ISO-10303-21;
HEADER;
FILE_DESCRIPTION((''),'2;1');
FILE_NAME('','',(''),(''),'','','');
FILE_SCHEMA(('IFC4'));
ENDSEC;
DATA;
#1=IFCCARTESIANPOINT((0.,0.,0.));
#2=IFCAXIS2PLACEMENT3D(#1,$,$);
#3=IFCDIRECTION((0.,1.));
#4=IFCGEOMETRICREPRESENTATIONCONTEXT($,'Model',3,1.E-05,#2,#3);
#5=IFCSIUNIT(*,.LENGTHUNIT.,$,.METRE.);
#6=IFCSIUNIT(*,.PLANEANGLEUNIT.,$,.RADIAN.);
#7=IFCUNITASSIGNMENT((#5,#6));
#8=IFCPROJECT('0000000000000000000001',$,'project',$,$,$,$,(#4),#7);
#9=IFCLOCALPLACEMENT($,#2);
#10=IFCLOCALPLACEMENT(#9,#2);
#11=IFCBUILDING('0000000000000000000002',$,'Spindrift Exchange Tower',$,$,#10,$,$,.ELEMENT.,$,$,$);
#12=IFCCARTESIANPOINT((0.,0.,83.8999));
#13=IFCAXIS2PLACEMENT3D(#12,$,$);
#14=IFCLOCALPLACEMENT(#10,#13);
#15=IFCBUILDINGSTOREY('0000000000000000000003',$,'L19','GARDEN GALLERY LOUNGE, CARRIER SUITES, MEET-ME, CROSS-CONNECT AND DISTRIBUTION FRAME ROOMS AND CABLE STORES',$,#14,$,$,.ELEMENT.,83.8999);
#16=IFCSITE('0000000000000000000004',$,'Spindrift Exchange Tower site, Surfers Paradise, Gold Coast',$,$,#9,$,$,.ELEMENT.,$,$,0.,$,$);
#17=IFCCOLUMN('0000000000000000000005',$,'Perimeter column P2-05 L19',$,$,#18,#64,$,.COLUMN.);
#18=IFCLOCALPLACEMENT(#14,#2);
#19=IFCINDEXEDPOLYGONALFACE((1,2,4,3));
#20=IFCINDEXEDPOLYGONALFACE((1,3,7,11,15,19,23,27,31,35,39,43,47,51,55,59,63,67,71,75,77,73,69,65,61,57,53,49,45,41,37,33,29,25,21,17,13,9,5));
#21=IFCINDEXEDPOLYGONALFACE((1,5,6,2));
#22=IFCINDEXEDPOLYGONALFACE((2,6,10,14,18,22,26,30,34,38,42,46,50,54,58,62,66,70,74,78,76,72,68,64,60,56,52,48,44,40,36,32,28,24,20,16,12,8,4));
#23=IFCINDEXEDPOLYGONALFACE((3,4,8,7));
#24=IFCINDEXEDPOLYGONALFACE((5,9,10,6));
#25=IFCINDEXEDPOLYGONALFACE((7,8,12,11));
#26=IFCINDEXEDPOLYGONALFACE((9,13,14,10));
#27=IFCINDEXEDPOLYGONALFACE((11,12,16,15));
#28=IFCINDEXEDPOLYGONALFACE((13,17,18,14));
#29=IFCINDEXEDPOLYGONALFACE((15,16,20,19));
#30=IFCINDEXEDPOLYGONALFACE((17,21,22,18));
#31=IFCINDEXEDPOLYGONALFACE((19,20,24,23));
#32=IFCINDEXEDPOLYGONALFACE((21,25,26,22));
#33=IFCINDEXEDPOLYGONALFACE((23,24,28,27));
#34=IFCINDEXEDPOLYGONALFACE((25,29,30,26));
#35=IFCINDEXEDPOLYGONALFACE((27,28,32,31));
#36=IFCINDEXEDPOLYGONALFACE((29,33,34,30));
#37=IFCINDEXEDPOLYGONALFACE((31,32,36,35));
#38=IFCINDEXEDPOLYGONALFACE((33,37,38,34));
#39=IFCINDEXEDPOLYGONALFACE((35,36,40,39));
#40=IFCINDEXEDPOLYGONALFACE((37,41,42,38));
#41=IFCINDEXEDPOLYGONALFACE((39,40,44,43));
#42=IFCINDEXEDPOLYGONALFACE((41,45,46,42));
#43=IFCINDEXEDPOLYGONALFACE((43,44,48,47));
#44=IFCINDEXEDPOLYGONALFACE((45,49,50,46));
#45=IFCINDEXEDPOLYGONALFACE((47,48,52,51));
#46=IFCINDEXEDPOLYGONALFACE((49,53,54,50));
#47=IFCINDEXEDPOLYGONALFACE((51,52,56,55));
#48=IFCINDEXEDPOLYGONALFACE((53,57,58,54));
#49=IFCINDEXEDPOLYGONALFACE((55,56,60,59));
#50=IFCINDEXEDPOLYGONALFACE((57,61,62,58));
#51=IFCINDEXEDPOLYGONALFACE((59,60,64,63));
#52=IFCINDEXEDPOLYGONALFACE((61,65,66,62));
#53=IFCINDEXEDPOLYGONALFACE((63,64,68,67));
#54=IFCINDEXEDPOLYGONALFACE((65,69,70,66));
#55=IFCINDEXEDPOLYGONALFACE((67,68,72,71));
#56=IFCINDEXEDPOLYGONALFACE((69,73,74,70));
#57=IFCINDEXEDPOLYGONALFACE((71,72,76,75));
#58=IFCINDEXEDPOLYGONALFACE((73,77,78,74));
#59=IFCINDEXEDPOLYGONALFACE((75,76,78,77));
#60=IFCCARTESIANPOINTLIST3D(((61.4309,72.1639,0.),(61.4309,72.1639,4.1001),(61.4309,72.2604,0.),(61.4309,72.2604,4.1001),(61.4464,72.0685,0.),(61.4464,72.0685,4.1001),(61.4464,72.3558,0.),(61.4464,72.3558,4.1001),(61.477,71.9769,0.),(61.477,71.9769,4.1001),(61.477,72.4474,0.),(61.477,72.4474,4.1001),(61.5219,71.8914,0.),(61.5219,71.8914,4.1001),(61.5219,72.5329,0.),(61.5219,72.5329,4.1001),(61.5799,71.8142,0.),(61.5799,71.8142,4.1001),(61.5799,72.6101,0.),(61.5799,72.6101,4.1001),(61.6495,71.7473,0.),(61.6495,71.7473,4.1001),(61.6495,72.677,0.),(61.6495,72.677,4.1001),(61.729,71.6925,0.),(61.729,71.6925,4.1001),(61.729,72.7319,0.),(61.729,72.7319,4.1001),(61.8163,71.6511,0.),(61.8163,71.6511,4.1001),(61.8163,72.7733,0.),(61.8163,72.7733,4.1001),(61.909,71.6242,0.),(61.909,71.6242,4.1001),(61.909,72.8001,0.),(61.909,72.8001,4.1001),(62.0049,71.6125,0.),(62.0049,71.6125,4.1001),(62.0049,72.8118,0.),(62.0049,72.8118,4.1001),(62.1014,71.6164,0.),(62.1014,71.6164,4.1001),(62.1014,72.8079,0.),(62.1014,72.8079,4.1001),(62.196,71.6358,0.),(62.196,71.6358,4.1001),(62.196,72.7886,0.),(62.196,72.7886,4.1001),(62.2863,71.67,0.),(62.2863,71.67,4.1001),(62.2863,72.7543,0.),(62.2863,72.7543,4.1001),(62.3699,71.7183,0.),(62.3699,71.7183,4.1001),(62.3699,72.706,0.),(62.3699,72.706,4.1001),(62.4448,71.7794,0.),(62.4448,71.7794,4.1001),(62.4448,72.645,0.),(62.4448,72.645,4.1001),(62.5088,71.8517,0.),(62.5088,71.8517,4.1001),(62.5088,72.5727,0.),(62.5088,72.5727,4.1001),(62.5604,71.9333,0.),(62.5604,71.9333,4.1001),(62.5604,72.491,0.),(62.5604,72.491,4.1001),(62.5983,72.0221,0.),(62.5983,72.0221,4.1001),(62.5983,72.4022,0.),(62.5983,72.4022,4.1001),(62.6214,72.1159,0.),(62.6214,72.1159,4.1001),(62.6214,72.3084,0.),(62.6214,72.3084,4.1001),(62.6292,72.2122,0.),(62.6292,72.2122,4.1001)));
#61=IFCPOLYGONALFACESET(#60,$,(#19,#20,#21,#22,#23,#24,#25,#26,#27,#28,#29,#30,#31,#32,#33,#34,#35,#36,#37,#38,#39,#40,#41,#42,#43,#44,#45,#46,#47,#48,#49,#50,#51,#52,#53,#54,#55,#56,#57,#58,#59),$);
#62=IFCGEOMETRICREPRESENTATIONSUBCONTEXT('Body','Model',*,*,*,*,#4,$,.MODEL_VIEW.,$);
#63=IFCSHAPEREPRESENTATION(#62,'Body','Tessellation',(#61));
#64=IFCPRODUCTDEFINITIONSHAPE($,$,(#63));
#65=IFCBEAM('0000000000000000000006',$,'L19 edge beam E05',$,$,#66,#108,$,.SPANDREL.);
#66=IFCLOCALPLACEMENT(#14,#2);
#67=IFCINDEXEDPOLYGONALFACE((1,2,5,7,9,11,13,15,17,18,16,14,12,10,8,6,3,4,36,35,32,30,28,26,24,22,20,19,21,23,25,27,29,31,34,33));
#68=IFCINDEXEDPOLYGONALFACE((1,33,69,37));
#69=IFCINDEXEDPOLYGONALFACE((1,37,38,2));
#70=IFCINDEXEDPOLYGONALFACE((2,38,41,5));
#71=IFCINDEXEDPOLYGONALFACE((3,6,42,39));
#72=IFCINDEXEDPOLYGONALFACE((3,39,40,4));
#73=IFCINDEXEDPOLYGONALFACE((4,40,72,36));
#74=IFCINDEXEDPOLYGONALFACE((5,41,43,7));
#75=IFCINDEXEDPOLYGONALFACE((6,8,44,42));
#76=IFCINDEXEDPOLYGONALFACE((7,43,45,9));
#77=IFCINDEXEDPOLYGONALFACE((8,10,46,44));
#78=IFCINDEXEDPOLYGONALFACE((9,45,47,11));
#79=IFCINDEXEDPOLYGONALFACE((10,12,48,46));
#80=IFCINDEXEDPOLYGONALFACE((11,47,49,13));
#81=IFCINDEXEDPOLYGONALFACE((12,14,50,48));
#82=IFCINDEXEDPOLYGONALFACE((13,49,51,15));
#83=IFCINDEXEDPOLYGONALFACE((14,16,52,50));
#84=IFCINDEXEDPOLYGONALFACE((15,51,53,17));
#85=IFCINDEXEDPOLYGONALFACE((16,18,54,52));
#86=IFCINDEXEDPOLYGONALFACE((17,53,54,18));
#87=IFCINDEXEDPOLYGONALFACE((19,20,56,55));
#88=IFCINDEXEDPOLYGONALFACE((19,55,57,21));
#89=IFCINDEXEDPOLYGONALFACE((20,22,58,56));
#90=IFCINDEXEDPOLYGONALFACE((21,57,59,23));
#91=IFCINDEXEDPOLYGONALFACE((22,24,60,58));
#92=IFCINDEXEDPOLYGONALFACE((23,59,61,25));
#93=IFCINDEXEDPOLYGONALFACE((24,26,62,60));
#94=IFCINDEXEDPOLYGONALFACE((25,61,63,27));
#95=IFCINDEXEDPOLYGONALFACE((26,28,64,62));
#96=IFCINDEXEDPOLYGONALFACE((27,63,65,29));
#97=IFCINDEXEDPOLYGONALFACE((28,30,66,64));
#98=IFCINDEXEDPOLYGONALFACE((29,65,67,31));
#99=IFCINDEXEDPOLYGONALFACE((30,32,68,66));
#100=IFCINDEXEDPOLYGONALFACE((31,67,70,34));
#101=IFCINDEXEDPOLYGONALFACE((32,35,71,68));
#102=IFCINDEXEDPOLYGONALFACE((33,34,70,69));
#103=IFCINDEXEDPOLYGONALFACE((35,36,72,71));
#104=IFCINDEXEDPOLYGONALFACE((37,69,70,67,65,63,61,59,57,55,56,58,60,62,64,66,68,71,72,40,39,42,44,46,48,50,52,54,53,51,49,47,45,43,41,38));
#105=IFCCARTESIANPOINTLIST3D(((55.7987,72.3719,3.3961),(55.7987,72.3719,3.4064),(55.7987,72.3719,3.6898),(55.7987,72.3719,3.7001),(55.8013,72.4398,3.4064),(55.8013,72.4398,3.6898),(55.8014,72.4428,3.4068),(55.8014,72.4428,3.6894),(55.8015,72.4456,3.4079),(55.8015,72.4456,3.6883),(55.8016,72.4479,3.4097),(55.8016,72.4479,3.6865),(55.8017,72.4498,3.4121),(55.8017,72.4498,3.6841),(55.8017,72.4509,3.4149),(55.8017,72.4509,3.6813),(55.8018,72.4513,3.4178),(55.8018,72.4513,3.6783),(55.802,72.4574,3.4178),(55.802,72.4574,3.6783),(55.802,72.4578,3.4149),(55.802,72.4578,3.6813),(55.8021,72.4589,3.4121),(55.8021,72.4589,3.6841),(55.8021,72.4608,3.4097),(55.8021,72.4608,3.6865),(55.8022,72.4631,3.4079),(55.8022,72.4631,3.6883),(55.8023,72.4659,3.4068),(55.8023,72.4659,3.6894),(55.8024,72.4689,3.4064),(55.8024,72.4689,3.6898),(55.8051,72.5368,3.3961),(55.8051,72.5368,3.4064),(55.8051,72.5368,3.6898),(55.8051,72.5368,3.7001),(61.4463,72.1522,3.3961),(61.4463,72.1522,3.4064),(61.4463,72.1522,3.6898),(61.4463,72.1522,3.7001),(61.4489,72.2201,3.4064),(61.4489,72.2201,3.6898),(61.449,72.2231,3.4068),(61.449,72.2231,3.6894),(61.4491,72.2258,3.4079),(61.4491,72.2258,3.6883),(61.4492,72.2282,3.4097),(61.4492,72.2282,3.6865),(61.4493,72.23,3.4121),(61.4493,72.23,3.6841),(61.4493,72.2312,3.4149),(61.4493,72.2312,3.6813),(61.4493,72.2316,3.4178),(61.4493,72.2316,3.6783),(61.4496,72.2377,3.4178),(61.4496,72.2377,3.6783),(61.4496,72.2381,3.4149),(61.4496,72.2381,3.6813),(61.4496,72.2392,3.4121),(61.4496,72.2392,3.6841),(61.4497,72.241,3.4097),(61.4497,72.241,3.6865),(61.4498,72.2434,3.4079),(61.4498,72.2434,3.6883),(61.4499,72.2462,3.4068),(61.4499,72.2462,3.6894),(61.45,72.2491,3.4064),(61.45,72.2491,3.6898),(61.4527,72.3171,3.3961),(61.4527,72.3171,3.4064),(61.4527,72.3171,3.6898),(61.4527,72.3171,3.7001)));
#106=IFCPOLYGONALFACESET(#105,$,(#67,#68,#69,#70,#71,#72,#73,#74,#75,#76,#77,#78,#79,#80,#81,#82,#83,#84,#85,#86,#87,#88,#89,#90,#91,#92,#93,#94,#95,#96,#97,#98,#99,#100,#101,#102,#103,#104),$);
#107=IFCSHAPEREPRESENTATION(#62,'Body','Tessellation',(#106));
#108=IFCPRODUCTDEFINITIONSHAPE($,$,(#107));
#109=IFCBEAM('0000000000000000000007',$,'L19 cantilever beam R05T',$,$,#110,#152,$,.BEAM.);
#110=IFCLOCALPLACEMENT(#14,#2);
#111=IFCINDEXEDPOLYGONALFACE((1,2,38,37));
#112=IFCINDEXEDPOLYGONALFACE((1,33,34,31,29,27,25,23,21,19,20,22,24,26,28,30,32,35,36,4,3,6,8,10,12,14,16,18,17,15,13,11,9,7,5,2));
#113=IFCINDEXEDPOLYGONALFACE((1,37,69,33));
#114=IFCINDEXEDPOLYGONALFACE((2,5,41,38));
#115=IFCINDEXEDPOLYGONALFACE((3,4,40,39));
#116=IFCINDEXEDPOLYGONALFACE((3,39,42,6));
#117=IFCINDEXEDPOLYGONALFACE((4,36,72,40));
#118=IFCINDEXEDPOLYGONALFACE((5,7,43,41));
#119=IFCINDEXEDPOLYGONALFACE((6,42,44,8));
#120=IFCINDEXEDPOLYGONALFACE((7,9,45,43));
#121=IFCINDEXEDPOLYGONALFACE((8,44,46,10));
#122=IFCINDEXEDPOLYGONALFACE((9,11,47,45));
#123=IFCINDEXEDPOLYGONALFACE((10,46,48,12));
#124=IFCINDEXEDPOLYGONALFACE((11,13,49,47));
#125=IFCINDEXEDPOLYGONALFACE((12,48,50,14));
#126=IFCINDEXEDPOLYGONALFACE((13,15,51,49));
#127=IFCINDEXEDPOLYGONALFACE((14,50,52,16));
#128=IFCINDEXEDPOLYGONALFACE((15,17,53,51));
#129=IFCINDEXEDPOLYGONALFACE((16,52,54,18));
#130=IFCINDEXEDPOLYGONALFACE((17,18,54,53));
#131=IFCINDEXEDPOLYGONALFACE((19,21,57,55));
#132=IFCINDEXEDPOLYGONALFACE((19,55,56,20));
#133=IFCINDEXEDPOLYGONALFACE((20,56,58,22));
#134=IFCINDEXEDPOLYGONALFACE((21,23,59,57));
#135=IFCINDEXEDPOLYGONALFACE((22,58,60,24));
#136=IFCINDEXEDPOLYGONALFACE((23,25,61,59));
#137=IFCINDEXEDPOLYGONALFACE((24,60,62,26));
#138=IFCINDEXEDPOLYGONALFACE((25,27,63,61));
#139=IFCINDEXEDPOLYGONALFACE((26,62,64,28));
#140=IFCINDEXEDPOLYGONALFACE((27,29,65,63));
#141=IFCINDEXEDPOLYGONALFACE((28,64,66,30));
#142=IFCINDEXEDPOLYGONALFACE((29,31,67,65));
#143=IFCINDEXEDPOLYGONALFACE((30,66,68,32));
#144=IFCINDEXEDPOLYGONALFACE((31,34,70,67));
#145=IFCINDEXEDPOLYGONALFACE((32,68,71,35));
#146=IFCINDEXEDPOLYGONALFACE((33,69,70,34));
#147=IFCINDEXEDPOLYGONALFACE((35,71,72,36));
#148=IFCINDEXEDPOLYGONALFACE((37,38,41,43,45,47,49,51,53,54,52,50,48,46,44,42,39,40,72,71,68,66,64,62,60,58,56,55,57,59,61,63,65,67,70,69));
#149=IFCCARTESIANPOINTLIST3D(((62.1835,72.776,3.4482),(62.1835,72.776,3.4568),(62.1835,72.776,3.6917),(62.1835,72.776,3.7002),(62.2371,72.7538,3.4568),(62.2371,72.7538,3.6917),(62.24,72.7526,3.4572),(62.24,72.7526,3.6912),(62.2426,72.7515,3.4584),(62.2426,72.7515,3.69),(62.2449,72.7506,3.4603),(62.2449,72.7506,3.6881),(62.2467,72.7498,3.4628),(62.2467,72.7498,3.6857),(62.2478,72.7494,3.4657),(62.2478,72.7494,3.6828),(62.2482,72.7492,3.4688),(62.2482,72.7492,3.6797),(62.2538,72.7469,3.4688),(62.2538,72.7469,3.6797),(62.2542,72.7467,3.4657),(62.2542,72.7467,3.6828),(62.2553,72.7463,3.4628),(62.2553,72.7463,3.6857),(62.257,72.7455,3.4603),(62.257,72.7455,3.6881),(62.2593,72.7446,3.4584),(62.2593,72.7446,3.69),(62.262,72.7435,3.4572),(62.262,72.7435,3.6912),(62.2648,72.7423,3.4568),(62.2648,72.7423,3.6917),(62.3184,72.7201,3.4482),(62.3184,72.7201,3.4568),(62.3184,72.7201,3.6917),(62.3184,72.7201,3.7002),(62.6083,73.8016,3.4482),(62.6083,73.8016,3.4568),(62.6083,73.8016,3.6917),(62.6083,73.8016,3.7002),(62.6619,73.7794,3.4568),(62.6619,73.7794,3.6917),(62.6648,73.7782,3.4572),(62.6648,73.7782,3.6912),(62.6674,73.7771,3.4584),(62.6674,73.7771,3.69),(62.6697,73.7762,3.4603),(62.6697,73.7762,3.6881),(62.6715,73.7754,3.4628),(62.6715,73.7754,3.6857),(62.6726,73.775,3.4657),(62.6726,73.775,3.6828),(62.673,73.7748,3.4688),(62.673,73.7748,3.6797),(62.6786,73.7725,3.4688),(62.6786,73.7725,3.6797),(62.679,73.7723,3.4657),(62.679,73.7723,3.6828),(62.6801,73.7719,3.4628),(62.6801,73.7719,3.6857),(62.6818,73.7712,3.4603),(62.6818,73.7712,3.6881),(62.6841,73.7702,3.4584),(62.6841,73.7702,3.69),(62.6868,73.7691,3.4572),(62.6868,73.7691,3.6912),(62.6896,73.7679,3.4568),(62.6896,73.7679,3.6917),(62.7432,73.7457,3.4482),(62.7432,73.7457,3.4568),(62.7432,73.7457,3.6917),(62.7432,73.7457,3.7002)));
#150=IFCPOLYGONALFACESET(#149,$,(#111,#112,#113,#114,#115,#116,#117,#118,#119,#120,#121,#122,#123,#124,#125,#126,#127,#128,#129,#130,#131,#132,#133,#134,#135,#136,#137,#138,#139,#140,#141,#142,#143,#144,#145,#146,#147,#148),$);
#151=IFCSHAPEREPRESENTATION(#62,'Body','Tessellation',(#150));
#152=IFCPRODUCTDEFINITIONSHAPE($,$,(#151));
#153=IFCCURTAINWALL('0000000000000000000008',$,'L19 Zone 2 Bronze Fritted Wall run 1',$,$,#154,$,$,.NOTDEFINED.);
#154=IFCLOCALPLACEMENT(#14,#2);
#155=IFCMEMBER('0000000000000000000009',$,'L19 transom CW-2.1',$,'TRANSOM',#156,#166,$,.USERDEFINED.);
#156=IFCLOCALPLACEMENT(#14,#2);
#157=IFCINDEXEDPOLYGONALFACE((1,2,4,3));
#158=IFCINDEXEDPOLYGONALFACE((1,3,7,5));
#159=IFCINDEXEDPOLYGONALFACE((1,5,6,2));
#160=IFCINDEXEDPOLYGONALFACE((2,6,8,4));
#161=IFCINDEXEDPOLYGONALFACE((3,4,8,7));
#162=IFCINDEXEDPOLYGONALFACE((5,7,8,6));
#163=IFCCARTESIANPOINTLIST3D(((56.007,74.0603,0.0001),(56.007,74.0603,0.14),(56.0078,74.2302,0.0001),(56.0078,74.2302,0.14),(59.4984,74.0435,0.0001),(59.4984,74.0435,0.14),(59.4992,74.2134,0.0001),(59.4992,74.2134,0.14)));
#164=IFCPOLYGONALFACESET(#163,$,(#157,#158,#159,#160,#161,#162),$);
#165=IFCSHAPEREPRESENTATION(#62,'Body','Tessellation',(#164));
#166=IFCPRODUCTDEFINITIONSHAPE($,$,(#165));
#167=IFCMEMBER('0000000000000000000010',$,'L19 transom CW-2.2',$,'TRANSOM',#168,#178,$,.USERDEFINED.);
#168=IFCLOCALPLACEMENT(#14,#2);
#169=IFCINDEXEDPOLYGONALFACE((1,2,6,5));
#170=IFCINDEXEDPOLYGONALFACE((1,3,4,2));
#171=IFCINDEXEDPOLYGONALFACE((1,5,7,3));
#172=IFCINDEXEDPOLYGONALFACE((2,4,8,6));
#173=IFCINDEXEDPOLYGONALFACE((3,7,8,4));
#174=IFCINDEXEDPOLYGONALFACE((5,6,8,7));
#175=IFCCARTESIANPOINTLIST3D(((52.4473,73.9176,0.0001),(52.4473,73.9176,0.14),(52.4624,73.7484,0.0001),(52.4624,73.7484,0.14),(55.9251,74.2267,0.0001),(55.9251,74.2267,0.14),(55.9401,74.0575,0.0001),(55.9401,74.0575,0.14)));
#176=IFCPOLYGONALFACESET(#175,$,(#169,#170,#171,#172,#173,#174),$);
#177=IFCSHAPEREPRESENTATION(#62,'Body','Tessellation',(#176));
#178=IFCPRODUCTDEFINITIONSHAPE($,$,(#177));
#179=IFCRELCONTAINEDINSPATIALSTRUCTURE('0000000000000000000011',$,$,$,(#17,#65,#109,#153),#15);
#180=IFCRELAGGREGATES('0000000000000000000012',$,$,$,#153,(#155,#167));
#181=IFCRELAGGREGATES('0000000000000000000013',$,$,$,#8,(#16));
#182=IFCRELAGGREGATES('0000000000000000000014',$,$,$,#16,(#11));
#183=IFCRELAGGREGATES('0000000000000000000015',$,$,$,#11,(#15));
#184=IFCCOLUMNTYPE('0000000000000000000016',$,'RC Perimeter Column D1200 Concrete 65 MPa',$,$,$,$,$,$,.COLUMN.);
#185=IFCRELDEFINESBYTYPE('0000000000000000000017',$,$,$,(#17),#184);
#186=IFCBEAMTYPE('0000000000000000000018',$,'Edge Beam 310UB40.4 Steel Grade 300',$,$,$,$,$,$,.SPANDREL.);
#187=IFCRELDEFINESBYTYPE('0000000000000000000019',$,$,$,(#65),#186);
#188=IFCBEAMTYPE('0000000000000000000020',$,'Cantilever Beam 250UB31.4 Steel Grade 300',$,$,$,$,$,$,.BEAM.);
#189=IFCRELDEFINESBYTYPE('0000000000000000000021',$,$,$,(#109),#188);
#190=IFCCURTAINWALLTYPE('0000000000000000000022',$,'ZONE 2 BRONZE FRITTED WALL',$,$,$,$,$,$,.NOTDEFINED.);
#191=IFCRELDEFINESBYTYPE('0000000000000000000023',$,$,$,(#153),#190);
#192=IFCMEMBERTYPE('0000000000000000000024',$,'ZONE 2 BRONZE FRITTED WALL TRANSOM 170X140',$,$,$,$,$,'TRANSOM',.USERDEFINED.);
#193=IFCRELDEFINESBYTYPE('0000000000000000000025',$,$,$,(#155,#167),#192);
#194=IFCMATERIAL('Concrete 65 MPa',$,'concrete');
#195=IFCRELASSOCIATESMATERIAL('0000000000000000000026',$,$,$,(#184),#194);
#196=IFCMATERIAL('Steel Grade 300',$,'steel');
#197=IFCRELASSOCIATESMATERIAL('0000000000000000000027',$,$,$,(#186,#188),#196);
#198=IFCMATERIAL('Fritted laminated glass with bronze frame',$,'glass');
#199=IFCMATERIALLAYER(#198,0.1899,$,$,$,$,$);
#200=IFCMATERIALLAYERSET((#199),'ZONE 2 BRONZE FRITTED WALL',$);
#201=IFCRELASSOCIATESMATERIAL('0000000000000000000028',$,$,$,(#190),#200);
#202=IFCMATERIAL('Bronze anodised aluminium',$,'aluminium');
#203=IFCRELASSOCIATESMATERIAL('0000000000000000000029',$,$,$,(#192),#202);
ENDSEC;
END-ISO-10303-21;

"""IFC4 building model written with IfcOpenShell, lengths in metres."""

from ifc_helpers import new_model, si_unit, direction, frame, origin, origin_2d, place, context, subcontext, project, spatial, rectangle, circle, i_section, extrude, source, transform, mapped, material, layer, layer_set, material_profile, profile_set, type_object, element, aggregate, save


model = new_model("IFC4")

# Units and contexts
model_context = context("Model", 3, precision=1e-05, world=origin(), true_north=direction((0.0, 1.0)))
body_context = subcontext(model_context, "Body", "Model", "MODEL_VIEW")
ifc_project = project(units=[si_unit("LENGTHUNIT", "METRE"), si_unit("PLANEANGLEUNIT", "RADIAN")], contexts=[model_context])

# Site, building, storey
site_placement = place(None, origin())
site = spatial("IfcSite", under=ifc_project, at=site_placement, Name="Spindrift Exchange Tower site, Surfers Paradise, Gold Coast", CompositionType="ELEMENT", RefElevation=0.0)
building_placement = place(site_placement, origin())
building = spatial("IfcBuilding", under=site, at=building_placement, Name="Spindrift Exchange Tower", CompositionType="ELEMENT")
storey_placement = place(building_placement, frame((0.0, 0.0, 83.8999)))
storey = spatial("IfcBuildingStorey", under=building, at=storey_placement, Name="L19", Description="GARDEN GALLERY LOUNGE, CARRIER SUITES, MEET-ME, CROSS-CONNECT AND DISTRIBUTION FRAME ROOMS AND CABLE STORES", CompositionType="ELEMENT", Elevation=83.8999)

# Column
ifc_material_1 = material(Name="Concrete 65 MPa", Category="concrete")
ifc_material_profile_1 = material_profile(ifc_material_1, circle(Radius=0.6001, at=origin_2d()), Name="RC D1200")
ifc_profile_set_1 = profile_set([ifc_material_profile_1], Name="Concrete 65 MPa")
column_type = type_object("IfcColumnType", Name="RC Perimeter Column D1200 Concrete 65 MPa", PredefinedType="COLUMN", material=ifc_profile_set_1)
shared_shape_1 = source(origin(), body_context, "Body", "SweptSolid", [
    extrude(circle(Radius=0.6001, at=origin_2d()), origin(), (0.0, 0.0, 1.0), 4.1001),
])
column_placement = place(storey_placement, frame((62.0291, 72.2122, 0.0), z_axis=(0.0, 0.0, 1.0), x_axis=(1.0, 0.0, 0.0)))
element("IfcColumn", 1, at=column_placement, inside=storey, type_object=column_type, Name="Perimeter column P2-05 L19", PredefinedType="COLUMN", context=body_context, shape_type="MappedRepresentation", body=[
    mapped(shared_shape_1, transform((0.0, 0.0, 0.0), scale=1.0)),
])

# Beams
ifc_material_2 = material(Name="Steel Grade 300", Category="steel")
ifc_material_profile_2 = material_profile(ifc_material_2, i_section(OverallWidth=0.165, OverallDepth=0.304, WebThickness=0.0061, FlangeThickness=0.0103, FilletRadius=0.0115, at=origin_2d()), Name="310UB40.4")
ifc_profile_set_2 = profile_set([ifc_material_profile_2], Name="Steel Grade 300")
beam_type_1 = type_object("IfcBeamType", Name="Edge Beam 310UB40.4 Steel Grade 300", PredefinedType="SPANDREL", material=ifc_profile_set_2)
shared_shape_2 = source(origin(), body_context, "Body", "SweptSolid", [
    extrude(i_section(OverallWidth=0.165, OverallDepth=0.304, WebThickness=0.0061, FlangeThickness=0.0103, FilletRadius=0.0115, at=origin_2d()), origin(), (0.0, 0.0, 1.0), 5.6519),
])
beam_1_placement = place(storey_placement, frame((61.4495, 72.2346, 3.5481), z_axis=(-0.999244, 0.038878, 0.0), x_axis=(-0.038878, -0.999244, 0.0)))
element("IfcBeam", 2, at=beam_1_placement, inside=storey, type_object=beam_type_1, Name="L19 edge beam E05", PredefinedType="SPANDREL", context=body_context, shape_type="MappedRepresentation", body=[
    mapped(shared_shape_2, transform((0.0, 0.0, 0.0), scale=1.0)),
])
ifc_material_profile_3 = material_profile(ifc_material_2, i_section(OverallWidth=0.146, OverallDepth=0.252, WebThickness=0.0061, FlangeThickness=0.0085, FilletRadius=0.012, at=origin_2d()), Name="250UB31.4")
ifc_profile_set_3 = profile_set([ifc_material_profile_3], Name="Steel Grade 300")
beam_type_2 = type_object("IfcBeamType", Name="Cantilever Beam 250UB31.4 Steel Grade 300", PredefinedType="BEAM", material=ifc_profile_set_3)
shared_shape_3 = source(origin(), body_context, "Body", "SweptSolid", [
    extrude(i_section(OverallWidth=0.146, OverallDepth=0.252, WebThickness=0.0061, FlangeThickness=0.0085, FilletRadius=0.012, at=origin_2d()), origin(), (0.0, 0.0, 1.0), 1.1101),
])
beam_2_placement = place(storey_placement, frame((62.251, 72.748, 3.5742), z_axis=(0.382663, 0.923888, 0.0), x_axis=(-0.923888, 0.382663, 0.0)))
element("IfcBeam", 3, at=beam_2_placement, inside=storey, type_object=beam_type_2, Name="L19 cantilever beam R05T", PredefinedType="BEAM", context=body_context, shape_type="MappedRepresentation", body=[
    mapped(shared_shape_3, transform((0.0, 0.0, 0.0), scale=1.0)),
])

# Curtain wall, members
ifc_material_3 = material(Name="Fritted laminated glass with bronze frame", Category="glass")
ifc_layer_1 = layer(ifc_material_3, 0.1899)
ifc_layer_set_1 = layer_set([ifc_layer_1], Name="ZONE 2 BRONZE FRITTED WALL")
curtain_wall_type_1 = type_object("IfcCurtainWallType", Name="ZONE 2 BRONZE FRITTED WALL", PredefinedType="NOTDEFINED", material=ifc_layer_set_1)
curtain_wall_1_placement = place(storey_placement, origin())
curtain_wall_1 = element("IfcCurtainWall", 4, at=curtain_wall_1_placement, inside=storey, type_object=curtain_wall_type_1, Name="L19 Zone 2 Bronze Fritted Wall run 1", PredefinedType="NOTDEFINED")
ifc_material_4 = material(Name="Bronze anodised aluminium", Category="aluminium")
ifc_material_profile_4 = material_profile(ifc_material_4, rectangle(XDim=0.1699, YDim=0.1399, at=origin_2d()), Name="ZONE 2 BRONZE FRITTED WALL TRANSOM 170X140")
ifc_profile_set_4 = profile_set([ifc_material_profile_4], Name="Bronze anodised aluminium")
member_type_1 = type_object("IfcMemberType", Name="ZONE 2 BRONZE FRITTED WALL TRANSOM 170X140", ElementType="TRANSOM", PredefinedType="USERDEFINED", material=ifc_profile_set_4)
shared_shape_4 = source(origin(), body_context, "Body", "SweptSolid", [
    extrude(rectangle(XDim=0.1699, YDim=0.1399, at=origin_2d()), origin(), (0.0, 0.0, 1.0), 3.4915),
])
member_1_placement = place(storey_placement, frame((59.4988, 74.1284, 0.0701), z_axis=(-0.999988, 0.004825, 0.0), x_axis=(-0.004825, -0.999988, 0.0)))
member_1 = element("IfcMember", 5, at=member_1_placement, type_object=member_type_1, Name="L19 transom CW-2.1", ObjectType="TRANSOM", PredefinedType="USERDEFINED", context=body_context, shape_type="MappedRepresentation", body=[
    mapped(shared_shape_4, transform((0.0, 0.0, 0.0), scale=1.0)),
])
member_2_placement = place(storey_placement, frame((55.9326, 74.1421, 0.0701), z_axis=(-0.996074, -0.088524, 0.0), x_axis=(0.088524, -0.996074, 0.0)))
member_2 = element("IfcMember", 6, at=member_2_placement, type_object=member_type_1, Name="L19 transom CW-2.2", ObjectType="TRANSOM", PredefinedType="USERDEFINED", context=body_context, shape_type="MappedRepresentation", body=[
    mapped(shared_shape_4, transform((0.0, 0.0, 0.0), scale=1.0)),
])

aggregate(curtain_wall_1, [member_1, member_2])

save(model, "model.ifc")
